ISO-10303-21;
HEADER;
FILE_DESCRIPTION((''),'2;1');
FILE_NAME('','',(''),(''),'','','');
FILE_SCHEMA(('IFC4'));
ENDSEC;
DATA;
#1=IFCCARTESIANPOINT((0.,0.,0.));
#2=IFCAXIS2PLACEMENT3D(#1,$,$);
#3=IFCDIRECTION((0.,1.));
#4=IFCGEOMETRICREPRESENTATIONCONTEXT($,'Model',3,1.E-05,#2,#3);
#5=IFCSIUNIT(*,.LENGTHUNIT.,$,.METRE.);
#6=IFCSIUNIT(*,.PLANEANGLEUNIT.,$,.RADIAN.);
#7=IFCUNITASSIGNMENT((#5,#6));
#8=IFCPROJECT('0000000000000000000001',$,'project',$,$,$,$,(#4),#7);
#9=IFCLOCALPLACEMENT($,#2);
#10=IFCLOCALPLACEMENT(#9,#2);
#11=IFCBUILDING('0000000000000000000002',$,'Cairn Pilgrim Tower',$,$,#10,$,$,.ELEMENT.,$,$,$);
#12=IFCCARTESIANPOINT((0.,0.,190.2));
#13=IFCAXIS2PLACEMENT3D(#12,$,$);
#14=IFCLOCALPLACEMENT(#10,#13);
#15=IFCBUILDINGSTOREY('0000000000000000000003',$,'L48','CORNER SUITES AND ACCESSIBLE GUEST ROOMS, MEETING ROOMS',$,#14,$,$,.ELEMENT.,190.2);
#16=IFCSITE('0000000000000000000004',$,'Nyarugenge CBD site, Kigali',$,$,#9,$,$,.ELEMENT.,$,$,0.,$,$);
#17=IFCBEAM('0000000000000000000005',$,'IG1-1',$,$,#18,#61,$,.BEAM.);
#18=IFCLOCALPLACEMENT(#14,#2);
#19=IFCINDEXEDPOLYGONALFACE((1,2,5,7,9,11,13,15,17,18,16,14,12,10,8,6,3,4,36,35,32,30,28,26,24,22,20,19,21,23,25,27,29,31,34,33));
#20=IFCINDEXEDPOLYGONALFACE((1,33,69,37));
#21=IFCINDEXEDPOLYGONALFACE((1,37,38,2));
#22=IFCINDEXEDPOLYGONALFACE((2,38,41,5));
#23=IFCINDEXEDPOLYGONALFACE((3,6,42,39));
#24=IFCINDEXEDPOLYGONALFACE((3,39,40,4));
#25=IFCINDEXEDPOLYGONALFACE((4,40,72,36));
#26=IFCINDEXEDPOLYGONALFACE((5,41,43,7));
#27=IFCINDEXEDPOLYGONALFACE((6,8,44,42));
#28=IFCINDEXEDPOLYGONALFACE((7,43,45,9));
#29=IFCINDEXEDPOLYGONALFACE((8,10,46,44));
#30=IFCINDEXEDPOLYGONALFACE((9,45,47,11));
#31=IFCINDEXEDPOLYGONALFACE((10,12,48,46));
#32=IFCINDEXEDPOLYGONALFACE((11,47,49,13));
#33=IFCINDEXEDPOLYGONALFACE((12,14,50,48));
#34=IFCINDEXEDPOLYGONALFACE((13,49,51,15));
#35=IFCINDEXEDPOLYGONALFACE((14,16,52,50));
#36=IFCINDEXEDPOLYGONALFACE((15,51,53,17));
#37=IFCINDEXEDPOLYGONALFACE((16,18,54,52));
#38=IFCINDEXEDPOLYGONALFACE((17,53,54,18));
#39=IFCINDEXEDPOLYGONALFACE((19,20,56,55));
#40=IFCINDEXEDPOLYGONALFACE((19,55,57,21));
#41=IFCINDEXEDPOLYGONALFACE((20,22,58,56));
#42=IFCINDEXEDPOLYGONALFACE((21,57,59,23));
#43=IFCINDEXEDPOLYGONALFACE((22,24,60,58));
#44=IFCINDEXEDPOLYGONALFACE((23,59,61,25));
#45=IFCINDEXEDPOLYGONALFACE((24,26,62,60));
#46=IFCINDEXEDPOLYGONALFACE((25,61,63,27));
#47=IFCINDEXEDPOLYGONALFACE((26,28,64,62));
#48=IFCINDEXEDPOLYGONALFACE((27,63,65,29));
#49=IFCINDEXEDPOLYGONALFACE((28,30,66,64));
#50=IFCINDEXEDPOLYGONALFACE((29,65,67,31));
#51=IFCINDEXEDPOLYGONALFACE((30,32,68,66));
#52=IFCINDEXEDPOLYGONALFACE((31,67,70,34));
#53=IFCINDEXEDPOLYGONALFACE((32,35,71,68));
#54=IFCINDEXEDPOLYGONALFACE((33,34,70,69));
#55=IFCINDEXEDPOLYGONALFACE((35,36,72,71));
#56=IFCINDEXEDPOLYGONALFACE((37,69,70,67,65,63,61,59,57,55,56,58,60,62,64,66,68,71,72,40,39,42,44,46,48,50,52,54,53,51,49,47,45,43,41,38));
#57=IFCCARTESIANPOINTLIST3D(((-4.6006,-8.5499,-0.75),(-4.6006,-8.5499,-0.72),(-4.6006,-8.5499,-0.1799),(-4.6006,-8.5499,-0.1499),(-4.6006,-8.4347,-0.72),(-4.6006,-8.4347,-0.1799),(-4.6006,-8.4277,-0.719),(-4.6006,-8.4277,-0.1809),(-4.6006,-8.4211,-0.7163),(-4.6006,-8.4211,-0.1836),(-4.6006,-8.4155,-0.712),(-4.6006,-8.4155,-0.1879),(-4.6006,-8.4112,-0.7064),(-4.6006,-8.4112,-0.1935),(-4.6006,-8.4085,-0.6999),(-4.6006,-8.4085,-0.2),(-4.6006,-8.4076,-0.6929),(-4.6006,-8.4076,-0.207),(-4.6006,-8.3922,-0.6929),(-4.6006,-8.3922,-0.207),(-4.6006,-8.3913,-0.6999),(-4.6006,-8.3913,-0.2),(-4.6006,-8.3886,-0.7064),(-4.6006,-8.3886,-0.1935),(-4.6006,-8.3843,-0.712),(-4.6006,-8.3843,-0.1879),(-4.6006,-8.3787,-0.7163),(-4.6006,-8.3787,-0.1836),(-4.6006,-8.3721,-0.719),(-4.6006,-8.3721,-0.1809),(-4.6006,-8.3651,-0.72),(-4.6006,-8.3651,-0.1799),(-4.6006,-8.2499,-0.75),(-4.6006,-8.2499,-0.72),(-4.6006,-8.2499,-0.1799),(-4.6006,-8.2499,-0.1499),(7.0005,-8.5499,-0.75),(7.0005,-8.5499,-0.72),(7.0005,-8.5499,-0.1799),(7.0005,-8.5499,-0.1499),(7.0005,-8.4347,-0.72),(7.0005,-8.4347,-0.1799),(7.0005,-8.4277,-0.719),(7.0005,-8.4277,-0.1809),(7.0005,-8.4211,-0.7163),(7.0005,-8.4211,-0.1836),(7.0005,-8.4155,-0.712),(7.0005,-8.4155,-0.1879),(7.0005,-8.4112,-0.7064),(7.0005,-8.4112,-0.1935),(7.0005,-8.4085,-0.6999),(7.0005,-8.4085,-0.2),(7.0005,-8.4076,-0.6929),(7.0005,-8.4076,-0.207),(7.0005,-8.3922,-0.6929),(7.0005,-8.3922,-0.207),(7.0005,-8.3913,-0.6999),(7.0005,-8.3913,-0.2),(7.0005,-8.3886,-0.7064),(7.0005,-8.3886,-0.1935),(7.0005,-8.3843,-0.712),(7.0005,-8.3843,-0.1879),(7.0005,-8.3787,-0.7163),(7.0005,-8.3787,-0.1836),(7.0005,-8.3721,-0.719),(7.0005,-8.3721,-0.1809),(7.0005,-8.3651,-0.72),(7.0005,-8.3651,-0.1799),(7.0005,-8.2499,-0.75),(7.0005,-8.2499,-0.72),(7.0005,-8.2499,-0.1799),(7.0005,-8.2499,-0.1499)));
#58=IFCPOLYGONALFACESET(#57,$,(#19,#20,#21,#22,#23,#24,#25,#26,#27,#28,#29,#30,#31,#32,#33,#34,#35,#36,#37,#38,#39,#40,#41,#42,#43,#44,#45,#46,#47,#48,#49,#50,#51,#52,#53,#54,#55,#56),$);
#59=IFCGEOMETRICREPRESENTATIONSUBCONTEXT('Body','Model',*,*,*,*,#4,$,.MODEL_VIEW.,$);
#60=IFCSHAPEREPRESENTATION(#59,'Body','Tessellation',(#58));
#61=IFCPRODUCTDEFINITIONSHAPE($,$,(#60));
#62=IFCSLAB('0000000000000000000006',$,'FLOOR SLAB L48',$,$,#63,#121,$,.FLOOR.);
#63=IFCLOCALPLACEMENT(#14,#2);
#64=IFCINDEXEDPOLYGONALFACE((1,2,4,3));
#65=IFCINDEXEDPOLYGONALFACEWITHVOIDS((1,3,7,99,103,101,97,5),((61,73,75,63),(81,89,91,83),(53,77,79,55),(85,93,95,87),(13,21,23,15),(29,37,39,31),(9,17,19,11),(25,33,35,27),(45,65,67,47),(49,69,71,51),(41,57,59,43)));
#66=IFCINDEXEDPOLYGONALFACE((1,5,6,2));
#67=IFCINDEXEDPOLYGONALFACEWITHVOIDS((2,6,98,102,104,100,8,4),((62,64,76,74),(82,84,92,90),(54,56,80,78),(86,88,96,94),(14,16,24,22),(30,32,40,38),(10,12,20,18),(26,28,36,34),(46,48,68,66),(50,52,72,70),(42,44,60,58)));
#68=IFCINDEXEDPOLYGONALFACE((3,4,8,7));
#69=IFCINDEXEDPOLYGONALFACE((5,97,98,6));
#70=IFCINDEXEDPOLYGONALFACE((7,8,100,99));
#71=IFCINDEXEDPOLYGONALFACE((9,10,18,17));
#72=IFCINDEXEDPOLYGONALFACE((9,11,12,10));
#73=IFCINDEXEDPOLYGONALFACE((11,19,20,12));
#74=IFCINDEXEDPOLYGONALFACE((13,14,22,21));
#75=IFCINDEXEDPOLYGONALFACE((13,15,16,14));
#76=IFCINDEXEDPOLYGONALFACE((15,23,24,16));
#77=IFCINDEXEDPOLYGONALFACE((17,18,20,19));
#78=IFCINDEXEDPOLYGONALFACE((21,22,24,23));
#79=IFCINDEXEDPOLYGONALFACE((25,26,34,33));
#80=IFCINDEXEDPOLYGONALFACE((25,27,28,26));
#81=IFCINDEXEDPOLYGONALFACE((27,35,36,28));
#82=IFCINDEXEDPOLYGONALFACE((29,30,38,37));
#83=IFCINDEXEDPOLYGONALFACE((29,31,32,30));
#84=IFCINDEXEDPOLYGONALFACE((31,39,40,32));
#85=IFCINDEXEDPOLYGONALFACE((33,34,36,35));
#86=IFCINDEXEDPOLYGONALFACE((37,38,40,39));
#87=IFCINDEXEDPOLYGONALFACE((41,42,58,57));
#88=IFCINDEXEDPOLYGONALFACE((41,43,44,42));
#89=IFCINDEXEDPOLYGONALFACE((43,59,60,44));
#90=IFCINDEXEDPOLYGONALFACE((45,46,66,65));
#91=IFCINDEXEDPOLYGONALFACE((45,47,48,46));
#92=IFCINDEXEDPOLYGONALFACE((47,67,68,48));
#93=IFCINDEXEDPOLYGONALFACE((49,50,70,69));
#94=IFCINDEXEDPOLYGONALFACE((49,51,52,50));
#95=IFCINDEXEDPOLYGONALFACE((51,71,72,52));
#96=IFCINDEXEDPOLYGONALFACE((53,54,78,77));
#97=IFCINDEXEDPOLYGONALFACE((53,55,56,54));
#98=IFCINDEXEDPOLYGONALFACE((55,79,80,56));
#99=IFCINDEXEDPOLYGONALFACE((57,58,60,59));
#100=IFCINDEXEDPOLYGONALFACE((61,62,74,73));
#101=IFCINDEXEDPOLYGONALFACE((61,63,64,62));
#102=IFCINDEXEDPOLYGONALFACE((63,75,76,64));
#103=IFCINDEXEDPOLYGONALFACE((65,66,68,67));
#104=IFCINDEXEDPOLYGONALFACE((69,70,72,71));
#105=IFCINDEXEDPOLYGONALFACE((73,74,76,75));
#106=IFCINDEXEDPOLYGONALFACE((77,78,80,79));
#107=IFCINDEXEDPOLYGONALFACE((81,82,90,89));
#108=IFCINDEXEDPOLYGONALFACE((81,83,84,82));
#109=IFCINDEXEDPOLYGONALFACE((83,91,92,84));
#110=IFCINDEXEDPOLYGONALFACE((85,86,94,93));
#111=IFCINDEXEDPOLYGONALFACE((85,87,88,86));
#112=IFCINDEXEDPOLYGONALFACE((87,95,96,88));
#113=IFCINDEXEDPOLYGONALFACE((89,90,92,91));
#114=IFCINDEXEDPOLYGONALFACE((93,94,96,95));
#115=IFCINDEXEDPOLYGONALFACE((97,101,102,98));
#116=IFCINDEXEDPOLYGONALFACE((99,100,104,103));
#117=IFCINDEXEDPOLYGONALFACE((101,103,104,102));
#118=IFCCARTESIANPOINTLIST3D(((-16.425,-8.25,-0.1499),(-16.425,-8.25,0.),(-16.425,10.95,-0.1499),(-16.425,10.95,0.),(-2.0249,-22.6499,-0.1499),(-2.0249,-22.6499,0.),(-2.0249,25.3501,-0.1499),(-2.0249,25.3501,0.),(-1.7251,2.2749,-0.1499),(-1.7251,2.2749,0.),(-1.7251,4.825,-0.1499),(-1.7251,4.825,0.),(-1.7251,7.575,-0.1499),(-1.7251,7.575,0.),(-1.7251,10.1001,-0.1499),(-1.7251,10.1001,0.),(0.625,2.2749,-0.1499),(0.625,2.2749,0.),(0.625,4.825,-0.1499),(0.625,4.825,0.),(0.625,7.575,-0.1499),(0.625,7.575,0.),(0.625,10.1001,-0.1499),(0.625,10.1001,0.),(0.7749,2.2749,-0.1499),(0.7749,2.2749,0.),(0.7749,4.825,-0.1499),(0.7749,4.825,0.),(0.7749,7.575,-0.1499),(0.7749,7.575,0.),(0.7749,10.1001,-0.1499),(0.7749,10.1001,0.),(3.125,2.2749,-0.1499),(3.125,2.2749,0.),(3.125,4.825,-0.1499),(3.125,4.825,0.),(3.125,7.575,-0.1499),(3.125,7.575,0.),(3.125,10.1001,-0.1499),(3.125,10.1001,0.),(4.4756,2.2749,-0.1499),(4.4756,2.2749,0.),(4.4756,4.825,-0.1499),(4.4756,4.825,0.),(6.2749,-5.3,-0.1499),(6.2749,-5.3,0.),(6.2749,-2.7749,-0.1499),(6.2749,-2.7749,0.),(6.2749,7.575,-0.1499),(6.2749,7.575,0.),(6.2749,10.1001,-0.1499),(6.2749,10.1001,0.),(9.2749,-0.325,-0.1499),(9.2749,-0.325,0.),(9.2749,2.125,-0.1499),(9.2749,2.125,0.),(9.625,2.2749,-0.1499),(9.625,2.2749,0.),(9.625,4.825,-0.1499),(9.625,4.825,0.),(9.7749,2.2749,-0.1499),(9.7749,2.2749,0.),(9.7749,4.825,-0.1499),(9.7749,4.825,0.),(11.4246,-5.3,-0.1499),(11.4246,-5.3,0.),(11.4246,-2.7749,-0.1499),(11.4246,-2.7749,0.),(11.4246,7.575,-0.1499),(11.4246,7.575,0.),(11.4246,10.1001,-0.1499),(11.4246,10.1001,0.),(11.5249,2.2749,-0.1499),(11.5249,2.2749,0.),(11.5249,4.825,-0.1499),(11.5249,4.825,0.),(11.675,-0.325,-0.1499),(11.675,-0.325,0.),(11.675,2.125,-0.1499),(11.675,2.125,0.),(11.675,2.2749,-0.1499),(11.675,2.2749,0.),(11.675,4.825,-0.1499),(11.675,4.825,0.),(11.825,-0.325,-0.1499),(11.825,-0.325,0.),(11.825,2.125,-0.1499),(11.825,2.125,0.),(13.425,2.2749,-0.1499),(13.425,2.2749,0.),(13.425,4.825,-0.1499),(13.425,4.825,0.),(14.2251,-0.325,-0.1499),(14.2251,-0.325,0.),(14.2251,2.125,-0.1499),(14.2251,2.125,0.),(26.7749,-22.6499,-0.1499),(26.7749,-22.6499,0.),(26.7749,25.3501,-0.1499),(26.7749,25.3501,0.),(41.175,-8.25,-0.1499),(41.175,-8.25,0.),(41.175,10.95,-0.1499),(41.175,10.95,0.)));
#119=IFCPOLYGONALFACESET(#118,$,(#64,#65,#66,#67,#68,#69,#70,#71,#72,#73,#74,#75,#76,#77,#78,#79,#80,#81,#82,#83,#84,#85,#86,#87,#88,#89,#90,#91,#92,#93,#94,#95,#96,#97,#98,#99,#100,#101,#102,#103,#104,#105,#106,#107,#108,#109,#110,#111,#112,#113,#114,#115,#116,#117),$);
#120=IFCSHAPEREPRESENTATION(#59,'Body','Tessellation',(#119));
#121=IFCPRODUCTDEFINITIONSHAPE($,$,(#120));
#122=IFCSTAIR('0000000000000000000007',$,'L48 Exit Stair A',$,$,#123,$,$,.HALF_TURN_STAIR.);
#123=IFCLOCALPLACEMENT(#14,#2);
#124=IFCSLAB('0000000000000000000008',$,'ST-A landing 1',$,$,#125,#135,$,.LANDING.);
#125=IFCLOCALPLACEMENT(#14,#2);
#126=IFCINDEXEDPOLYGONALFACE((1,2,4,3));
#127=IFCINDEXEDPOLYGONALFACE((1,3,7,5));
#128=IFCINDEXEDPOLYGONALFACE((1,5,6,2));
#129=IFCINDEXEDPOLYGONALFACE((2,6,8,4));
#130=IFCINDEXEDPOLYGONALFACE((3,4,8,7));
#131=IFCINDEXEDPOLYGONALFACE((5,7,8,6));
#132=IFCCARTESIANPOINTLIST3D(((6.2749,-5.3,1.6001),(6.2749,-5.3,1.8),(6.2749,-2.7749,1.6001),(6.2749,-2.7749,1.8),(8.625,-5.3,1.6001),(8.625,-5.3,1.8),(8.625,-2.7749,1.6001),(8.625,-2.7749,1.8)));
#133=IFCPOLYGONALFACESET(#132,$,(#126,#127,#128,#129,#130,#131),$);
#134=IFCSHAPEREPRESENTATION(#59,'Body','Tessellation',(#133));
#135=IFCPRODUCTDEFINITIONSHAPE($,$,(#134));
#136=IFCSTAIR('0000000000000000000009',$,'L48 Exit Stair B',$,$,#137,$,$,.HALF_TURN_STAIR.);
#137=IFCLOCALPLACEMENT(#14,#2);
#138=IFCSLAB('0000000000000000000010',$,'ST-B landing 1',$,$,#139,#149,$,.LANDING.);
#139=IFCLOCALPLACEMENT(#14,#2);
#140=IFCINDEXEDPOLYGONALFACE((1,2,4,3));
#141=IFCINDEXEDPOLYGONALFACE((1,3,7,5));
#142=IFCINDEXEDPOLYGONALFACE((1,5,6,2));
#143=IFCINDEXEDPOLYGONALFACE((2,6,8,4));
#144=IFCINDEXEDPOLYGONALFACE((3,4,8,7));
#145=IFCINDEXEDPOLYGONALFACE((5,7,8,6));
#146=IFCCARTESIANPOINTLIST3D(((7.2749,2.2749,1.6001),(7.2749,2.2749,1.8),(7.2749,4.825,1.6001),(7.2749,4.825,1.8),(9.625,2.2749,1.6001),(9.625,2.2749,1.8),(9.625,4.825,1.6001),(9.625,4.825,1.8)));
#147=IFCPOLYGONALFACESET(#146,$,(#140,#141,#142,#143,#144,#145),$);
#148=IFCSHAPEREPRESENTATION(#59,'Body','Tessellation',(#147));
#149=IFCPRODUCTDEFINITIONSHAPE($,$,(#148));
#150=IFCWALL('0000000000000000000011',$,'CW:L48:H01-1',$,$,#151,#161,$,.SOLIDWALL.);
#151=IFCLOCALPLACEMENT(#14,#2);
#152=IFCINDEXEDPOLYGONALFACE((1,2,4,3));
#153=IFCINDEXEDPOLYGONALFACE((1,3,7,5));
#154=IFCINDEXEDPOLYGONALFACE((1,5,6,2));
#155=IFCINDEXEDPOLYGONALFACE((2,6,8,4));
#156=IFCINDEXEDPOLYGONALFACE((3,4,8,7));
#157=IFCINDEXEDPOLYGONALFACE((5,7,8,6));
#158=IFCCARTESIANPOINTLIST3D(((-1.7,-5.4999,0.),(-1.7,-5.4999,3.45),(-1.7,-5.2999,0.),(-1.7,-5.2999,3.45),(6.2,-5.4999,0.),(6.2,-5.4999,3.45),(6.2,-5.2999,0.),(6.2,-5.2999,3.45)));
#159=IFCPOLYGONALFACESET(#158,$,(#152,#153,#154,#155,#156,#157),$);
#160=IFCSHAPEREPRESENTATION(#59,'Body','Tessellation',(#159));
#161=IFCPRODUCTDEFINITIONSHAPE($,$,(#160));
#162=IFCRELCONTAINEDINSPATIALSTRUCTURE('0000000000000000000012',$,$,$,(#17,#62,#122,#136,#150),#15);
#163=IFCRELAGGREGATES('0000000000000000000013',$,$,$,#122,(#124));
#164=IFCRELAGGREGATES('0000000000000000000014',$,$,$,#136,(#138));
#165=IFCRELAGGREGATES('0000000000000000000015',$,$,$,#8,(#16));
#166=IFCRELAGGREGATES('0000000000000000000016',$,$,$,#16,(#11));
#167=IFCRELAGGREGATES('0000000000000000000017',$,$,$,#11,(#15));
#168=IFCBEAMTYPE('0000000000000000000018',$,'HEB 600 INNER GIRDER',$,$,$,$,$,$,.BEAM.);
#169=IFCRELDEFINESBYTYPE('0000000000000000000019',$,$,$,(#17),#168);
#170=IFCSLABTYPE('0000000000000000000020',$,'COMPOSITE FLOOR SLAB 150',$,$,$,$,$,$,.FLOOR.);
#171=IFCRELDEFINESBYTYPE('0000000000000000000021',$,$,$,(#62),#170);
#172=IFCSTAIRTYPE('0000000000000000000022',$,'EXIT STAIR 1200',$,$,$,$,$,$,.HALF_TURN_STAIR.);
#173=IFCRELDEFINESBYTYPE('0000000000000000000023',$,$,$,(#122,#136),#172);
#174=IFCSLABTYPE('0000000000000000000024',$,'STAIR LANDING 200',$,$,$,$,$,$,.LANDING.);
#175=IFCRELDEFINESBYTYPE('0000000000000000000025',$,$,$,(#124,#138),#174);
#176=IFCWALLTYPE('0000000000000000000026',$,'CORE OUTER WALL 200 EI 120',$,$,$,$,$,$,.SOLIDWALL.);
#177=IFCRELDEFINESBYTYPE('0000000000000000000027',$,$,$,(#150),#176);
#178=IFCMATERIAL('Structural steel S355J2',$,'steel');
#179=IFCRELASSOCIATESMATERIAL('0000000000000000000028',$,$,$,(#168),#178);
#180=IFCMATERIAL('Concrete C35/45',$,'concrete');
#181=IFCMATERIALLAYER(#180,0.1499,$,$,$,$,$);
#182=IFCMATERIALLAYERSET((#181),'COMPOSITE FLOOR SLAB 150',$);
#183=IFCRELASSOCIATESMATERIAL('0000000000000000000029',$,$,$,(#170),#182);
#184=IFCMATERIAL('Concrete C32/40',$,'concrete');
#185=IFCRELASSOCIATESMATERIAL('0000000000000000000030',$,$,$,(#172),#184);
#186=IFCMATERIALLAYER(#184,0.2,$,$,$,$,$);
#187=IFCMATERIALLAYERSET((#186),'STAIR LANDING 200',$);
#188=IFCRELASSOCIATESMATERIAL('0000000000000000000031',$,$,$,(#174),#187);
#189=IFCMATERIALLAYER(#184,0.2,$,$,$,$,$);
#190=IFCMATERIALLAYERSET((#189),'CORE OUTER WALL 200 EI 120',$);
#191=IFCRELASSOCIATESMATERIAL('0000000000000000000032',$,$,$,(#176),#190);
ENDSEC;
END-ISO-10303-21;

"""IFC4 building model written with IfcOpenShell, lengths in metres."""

from ifc_helpers import new_model, si_unit, direction, frame, frame_2d, origin, origin_2d, place, context, subcontext, project, spatial, polyline, rectangle, i_section, outline, extrude, material, layer, layer_set, material_profile, profile_set, type_object, element, aggregate, save


model = new_model("IFC4")

# Units and contexts
model_context = context("Model", 3, precision=1e-05, world=origin(), true_north=direction((0.0, 1.0)))
body_context = subcontext(model_context, "Body", "Model", "MODEL_VIEW")
ifc_project = project(units=[si_unit("LENGTHUNIT", "METRE"), si_unit("PLANEANGLEUNIT", "RADIAN")], contexts=[model_context])

# Site, building, storey
site_placement = place(None, origin())
site = spatial("IfcSite", under=ifc_project, at=site_placement, Name="Nyarugenge CBD site, Kigali", CompositionType="ELEMENT", RefElevation=0.0)
building_placement = place(site_placement, origin())
building = spatial("IfcBuilding", under=site, at=building_placement, Name="Cairn Pilgrim Tower", CompositionType="ELEMENT")
storey_placement = place(building_placement, frame((0.0, 0.0, 190.2)))
storey = spatial("IfcBuildingStorey", under=building, at=storey_placement, Name="L48", Description="CORNER SUITES AND ACCESSIBLE GUEST ROOMS, MEETING ROOMS", CompositionType="ELEMENT", Elevation=190.2)

# Beam
ifc_material_1 = material(Name="Structural steel S355J2", Category="steel")
ifc_material_profile_1 = material_profile(ifc_material_1, i_section(OverallWidth=0.3, OverallDepth=0.6001, WebThickness=0.0154, FlangeThickness=0.03, FilletRadius=0.0271, at=origin_2d()), Name="HEB 600")
ifc_profile_set_1 = profile_set([ifc_material_profile_1], Name="Structural steel S355J2")
beam_type_1 = type_object("IfcBeamType", Name="HEB 600 INNER GIRDER", PredefinedType="BEAM", material=ifc_profile_set_1)
beam_1_placement = place(storey_placement, frame((-4.6006, -8.3999, -0.45), z_axis=(1.0, 0.0, 0.0), x_axis=(0.0, 1.0, 0.0)))
element("IfcBeam", 1, at=beam_1_placement, inside=storey, type_object=beam_type_1, Name="IG1-1", PredefinedType="BEAM", context=body_context, shape_type="SweptSolid", body=[
    extrude(i_section(OverallWidth=0.3, OverallDepth=0.6001, WebThickness=0.0154, FlangeThickness=0.03, FilletRadius=0.0271, at=origin_2d()), origin(), (0.0, 0.0, 1.0), 11.6011),
])

# Slab
ifc_material_2 = material(Name="Concrete C35/45", Category="concrete")
ifc_layer_1 = layer(ifc_material_2, 0.1499)
ifc_layer_set_1 = layer_set([ifc_layer_1], Name="COMPOSITE FLOOR SLAB 150")
slab_type_1 = type_object("IfcSlabType", Name="COMPOSITE FLOOR SLAB 150", PredefinedType="FLOOR", material=ifc_layer_set_1)
slab_1_placement = place(storey_placement, frame((0.0, 0.0, -0.1499)))
element("IfcSlab", 2, at=slab_1_placement, inside=storey, type_object=slab_type_1, Name="FLOOR SLAB L48", PredefinedType="FLOOR", context=body_context, shape_type="SweptSolid", body=[
    extrude(outline(polyline([(-2.0249, -22.6499), (26.7749, -22.6499), (41.175, -8.25), (41.175, 10.95), (26.7749, 25.3501), (-2.0249, 25.3501), (-16.425, 10.95), (-16.425, -8.25), (-2.0249, -22.6499)]), holes=[polyline([(9.2749, -0.325), (11.675, -0.325), (11.675, 2.125), (9.2749, 2.125), (9.2749, -0.325)]), polyline([(11.825, -0.325), (14.2251, -0.325), (14.2251, 2.125), (11.825, 2.125), (11.825, -0.325)]), polyline([(-1.7251, 2.2749), (0.625, 2.2749), (0.625, 4.825), (-1.7251, 4.825), (-1.7251, 2.2749)]), polyline([(0.7749, 2.2749), (3.125, 2.2749), (3.125, 4.825), (0.7749, 4.825), (0.7749, 2.2749)]), polyline([(-1.7251, 7.575), (0.625, 7.575), (0.625, 10.1001), (-1.7251, 10.1001), (-1.7251, 7.575)]), polyline([(0.7749, 7.575), (3.125, 7.575), (3.125, 10.1001), (0.7749, 10.1001), (0.7749, 7.575)]), polyline([(9.7749, 2.2749), (11.5249, 2.2749), (11.5249, 4.825), (9.7749, 4.825), (9.7749, 2.2749)]), polyline([(11.675, 2.2749), (13.425, 2.2749), (13.425, 4.825), (11.675, 4.825), (11.675, 2.2749)]), polyline([(11.4246, -2.7749), (6.2749, -2.7749), (6.2749, -5.3), (11.4246, -5.3), (11.4246, -2.7749)]), polyline([(4.4756, 2.2749), (9.625, 2.2749), (9.625, 4.825), (4.4756, 4.825), (4.4756, 2.2749)]), polyline([(11.4246, 10.1001), (6.2749, 10.1001), (6.2749, 7.575), (11.4246, 7.575), (11.4246, 10.1001)])]), origin(), (0.0, 0.0, 1.0), 0.1499),
])

# Stairs, slabs
ifc_material_3 = material(Name="Concrete C32/40", Category="concrete")
stair_type = type_object("IfcStairType", Name="EXIT STAIR 1200", PredefinedType="HALF_TURN_STAIR", material=ifc_material_3)
stair_1_placement = place(storey_placement, origin())
stair_1 = element("IfcStair", 3, at=stair_1_placement, inside=storey, type_object=stair_type, Name="L48 Exit Stair A", PredefinedType="HALF_TURN_STAIR")
ifc_layer_2 = layer(ifc_material_3, 0.2)
ifc_layer_set_2 = layer_set([ifc_layer_2], Name="STAIR LANDING 200")
slab_type_2 = type_object("IfcSlabType", Name="STAIR LANDING 200", PredefinedType="LANDING", material=ifc_layer_set_2)
slab_2_placement = place(storey_placement, frame((0.0, 0.0, 1.6001)))
slab_2 = element("IfcSlab", 4, at=slab_2_placement, type_object=slab_type_2, Name="ST-A landing 1", PredefinedType="LANDING", context=body_context, shape_type="SweptSolid", body=[
    extrude(outline(polyline([(8.625, -2.7749), (6.2749, -2.7749), (6.2749, -5.3), (8.625, -5.3), (8.625, -2.7749)])), origin(), (0.0, 0.0, 1.0), 0.2),
])
aggregate(stair_1, [slab_2])
stair_2_placement = place(storey_placement, origin())
stair_2 = element("IfcStair", 5, at=stair_2_placement, inside=storey, type_object=stair_type, Name="L48 Exit Stair B", PredefinedType="HALF_TURN_STAIR")
slab_3_placement = place(storey_placement, frame((0.0, 0.0, 1.6001)))
slab_3 = element("IfcSlab", 6, at=slab_3_placement, type_object=slab_type_2, Name="ST-B landing 1", PredefinedType="LANDING", context=body_context, shape_type="SweptSolid", body=[
    extrude(outline(polyline([(7.2749, 2.2749), (9.625, 2.2749), (9.625, 4.825), (7.2749, 4.825), (7.2749, 2.2749)])), origin(), (0.0, 0.0, 1.0), 0.2),
])
aggregate(stair_2, [slab_3])

# Wall
ifc_layer_3 = layer(ifc_material_3, 0.2)
ifc_layer_set_3 = layer_set([ifc_layer_3], Name="CORE OUTER WALL 200 EI 120")
wall_type_1 = type_object("IfcWallType", Name="CORE OUTER WALL 200 EI 120", PredefinedType="SOLIDWALL", material=ifc_layer_set_3)
wall_1_placement = place(storey_placement, frame((-1.7, -5.3999, 0.0), z_axis=(0.0, 0.0, 1.0), x_axis=(1.0, 0.0, 0.0)))
element("IfcWall", 7, at=wall_1_placement, inside=storey, type_object=wall_type_1, Name="CW:L48:H01-1", PredefinedType="SOLIDWALL", context=body_context, shape_type="SweptSolid", body=[
    extrude(rectangle(XDim=7.8999, YDim=0.2, at=frame_2d((3.95, 0.0))), origin(), (0.0, 0.0, 1.0), 3.45),
])

save(model, "model.ifc")
